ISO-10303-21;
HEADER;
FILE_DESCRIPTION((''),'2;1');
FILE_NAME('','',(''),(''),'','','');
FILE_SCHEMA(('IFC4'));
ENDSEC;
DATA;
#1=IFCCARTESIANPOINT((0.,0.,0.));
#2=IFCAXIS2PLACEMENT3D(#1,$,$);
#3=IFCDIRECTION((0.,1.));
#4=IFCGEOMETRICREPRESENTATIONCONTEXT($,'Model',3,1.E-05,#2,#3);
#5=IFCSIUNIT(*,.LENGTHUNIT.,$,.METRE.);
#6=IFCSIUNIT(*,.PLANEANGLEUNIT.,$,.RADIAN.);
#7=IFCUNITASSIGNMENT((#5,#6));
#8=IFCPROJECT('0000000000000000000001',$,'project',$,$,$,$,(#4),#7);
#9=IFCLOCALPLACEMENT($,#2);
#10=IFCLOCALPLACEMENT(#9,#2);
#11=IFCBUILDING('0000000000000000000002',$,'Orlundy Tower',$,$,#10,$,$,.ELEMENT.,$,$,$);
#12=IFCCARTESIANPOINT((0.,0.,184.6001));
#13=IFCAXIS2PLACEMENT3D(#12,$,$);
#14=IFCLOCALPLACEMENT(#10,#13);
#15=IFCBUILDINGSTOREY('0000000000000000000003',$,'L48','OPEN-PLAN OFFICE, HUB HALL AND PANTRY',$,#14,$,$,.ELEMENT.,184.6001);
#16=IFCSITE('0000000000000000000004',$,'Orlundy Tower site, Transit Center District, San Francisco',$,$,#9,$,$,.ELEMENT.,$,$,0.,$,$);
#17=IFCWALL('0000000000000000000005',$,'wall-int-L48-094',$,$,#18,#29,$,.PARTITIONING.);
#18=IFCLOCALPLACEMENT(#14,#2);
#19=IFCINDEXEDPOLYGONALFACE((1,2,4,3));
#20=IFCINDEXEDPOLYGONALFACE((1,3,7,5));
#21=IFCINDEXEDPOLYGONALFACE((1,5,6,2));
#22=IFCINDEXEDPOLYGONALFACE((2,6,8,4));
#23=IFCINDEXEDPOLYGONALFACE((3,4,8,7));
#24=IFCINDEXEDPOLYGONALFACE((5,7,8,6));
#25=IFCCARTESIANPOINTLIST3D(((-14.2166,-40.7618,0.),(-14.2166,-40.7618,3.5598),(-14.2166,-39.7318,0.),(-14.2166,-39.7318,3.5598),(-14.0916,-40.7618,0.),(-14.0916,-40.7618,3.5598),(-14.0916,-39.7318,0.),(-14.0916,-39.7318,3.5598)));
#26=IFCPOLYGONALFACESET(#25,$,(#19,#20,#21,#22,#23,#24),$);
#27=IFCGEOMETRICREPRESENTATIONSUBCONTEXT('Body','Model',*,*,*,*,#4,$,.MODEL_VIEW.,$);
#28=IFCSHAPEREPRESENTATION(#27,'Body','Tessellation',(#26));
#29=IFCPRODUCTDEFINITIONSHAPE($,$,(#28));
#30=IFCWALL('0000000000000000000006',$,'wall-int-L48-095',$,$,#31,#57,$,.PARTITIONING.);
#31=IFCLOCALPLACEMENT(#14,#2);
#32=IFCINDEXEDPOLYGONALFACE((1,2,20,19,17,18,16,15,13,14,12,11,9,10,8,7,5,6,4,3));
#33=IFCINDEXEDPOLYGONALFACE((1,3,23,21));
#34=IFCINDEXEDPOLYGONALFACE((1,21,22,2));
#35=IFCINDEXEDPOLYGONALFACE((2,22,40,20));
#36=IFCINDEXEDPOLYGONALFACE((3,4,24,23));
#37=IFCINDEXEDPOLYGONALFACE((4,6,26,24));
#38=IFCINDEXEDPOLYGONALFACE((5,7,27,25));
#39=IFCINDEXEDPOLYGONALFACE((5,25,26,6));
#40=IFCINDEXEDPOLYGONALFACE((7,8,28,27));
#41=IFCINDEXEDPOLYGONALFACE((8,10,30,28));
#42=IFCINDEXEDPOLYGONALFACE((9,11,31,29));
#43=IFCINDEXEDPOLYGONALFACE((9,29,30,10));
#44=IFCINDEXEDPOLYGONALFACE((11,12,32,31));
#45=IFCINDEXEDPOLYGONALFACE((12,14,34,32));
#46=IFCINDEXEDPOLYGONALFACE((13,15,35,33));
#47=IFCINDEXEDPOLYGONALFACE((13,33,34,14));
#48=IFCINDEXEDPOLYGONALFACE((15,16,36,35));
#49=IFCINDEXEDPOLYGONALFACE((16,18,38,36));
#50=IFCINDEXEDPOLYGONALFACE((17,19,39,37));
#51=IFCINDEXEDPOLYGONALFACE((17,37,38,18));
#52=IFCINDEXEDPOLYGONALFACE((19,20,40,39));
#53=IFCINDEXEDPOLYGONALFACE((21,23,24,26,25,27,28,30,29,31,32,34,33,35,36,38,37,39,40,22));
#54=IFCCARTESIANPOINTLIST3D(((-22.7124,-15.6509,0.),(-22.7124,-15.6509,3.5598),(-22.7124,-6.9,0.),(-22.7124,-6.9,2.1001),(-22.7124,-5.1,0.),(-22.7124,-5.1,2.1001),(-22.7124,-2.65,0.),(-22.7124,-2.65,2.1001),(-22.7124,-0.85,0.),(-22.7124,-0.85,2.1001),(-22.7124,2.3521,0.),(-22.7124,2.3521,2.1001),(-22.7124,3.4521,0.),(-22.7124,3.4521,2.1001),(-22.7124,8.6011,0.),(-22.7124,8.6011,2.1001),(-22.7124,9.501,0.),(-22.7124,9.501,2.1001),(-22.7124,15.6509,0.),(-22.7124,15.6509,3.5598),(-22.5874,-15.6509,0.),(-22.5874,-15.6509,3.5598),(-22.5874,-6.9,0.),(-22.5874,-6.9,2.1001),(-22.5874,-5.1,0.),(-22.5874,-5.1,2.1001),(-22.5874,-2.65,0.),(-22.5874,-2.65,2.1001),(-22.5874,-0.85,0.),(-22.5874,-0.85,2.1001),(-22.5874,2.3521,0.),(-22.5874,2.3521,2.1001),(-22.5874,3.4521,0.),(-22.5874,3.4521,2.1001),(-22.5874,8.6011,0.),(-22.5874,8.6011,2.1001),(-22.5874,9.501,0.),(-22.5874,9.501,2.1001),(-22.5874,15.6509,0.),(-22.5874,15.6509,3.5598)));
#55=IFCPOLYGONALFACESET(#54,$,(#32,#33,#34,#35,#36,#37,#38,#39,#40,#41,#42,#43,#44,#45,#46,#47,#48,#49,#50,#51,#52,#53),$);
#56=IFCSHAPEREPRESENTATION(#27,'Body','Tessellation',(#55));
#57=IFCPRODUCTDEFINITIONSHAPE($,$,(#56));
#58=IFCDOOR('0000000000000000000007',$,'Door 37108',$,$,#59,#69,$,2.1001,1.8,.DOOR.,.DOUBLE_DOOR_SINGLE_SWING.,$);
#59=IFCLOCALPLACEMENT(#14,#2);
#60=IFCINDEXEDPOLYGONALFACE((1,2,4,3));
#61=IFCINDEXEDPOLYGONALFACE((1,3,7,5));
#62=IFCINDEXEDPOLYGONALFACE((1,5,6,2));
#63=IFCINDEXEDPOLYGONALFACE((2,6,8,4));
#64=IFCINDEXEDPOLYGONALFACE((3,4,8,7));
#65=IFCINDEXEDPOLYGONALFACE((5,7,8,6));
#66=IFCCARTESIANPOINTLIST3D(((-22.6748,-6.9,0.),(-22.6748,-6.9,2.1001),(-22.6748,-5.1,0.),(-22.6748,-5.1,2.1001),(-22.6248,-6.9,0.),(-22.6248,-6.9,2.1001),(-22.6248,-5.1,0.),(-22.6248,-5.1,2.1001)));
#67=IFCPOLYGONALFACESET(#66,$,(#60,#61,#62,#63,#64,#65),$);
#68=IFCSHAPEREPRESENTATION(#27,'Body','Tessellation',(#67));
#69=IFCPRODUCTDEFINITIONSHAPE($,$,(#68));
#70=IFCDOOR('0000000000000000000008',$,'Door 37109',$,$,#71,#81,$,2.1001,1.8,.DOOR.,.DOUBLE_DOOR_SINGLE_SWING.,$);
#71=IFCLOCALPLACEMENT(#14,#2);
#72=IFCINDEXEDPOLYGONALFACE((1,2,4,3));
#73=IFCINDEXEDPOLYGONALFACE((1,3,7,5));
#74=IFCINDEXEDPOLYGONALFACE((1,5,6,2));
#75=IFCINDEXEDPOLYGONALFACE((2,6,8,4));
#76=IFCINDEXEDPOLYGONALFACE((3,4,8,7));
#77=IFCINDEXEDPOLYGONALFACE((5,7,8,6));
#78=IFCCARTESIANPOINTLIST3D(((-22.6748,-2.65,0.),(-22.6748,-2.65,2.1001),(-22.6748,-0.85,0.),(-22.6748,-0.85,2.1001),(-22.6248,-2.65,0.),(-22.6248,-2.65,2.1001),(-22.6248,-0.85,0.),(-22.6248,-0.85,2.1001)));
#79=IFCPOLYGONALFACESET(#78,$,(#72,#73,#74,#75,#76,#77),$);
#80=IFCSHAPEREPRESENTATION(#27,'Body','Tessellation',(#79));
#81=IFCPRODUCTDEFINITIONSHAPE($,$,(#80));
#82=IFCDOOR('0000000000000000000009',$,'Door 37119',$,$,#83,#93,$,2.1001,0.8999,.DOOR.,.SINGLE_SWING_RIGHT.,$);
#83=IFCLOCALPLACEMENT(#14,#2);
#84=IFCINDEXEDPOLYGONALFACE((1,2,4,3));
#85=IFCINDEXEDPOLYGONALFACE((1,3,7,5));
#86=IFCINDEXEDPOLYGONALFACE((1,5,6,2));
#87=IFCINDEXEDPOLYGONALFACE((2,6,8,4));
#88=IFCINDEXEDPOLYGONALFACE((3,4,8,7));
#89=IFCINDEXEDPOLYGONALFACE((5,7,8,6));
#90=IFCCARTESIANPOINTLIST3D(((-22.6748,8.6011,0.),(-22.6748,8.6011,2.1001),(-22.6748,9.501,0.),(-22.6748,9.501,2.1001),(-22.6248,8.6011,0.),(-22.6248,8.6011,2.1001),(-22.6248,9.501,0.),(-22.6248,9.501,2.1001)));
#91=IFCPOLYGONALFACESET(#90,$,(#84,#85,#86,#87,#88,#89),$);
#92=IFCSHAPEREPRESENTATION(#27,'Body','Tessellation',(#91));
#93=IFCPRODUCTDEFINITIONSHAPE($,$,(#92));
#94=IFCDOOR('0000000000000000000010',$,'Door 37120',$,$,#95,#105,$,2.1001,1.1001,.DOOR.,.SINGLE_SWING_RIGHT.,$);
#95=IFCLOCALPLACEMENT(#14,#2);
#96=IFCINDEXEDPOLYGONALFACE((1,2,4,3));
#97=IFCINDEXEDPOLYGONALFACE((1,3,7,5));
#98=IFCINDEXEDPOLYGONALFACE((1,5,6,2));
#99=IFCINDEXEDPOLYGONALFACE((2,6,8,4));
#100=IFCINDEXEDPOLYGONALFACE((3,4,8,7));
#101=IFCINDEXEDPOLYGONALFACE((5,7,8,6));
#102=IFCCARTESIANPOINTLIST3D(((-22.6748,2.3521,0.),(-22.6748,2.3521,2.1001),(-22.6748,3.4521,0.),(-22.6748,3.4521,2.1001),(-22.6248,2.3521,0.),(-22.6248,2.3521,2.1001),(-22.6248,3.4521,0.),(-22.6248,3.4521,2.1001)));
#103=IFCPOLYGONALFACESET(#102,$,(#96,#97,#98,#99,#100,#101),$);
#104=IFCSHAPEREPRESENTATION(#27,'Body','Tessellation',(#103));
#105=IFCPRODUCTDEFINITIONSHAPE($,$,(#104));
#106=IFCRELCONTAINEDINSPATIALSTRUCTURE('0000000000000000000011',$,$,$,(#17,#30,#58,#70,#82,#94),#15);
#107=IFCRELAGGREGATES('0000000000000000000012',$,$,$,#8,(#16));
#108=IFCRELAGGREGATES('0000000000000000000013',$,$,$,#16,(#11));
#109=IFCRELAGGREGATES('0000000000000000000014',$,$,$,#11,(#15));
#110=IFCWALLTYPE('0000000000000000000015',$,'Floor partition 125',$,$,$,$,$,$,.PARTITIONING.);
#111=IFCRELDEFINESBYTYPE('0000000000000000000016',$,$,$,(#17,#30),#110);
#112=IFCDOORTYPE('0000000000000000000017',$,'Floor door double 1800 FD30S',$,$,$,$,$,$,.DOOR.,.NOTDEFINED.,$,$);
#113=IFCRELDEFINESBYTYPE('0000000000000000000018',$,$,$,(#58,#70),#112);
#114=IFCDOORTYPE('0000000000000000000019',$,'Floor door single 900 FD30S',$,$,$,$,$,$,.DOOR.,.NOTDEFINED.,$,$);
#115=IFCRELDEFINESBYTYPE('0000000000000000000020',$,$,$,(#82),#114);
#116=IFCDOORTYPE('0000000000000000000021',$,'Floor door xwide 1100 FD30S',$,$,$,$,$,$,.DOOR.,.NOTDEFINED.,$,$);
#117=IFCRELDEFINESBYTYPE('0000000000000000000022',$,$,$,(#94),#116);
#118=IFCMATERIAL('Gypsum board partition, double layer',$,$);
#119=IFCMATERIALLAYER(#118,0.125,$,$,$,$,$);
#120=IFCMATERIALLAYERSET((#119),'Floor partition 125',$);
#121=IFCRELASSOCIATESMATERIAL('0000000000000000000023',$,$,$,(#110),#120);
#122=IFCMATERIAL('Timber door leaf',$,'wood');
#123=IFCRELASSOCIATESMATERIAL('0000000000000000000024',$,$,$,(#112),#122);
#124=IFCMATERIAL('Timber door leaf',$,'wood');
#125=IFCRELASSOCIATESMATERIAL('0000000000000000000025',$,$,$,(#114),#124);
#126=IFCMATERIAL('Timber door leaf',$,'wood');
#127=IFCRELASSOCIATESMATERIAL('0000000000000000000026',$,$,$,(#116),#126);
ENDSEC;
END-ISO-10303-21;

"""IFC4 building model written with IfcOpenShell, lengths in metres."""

from ifc_helpers import new_model, si_unit, direction, frame, frame_2d, origin, place, context, subcontext, project, spatial, rectangle, extrude, material, layer, layer_set, type_object, element, fill, save


model = new_model("IFC4")

# Units and contexts
model_context = context("Model", 3, precision=1e-05, world=origin(), true_north=direction((0.0, 1.0)))
body_context = subcontext(model_context, "Body", "Model", "MODEL_VIEW")
ifc_project = project(units=[si_unit("LENGTHUNIT", "METRE"), si_unit("PLANEANGLEUNIT", "RADIAN")], contexts=[model_context])

# Site, building, storey
site_placement = place(None, origin())
site = spatial("IfcSite", under=ifc_project, at=site_placement, Name="Orlundy Tower site, Transit Center District, San Francisco", CompositionType="ELEMENT", RefElevation=0.0)
building_placement = place(site_placement, origin())
building = spatial("IfcBuilding", under=site, at=building_placement, Name="Orlundy Tower", CompositionType="ELEMENT")
storey_placement = place(building_placement, frame((0.0, 0.0, 184.6001)))
storey = spatial("IfcBuildingStorey", under=building, at=storey_placement, Name="L48", Description="OPEN-PLAN OFFICE, HUB HALL AND PANTRY", CompositionType="ELEMENT", Elevation=184.6001)

# Shared definitions
ifc_material_1 = material(Name="Gypsum board partition, double layer")
ifc_layer_1 = layer(ifc_material_1, 0.125)
ifc_layer_set_1 = layer_set([ifc_layer_1], Name="Floor partition 125")
wall_type_1 = type_object("IfcWallType", Name="Floor partition 125", PredefinedType="PARTITIONING", material=ifc_layer_set_1)

# Shared definitions
ifc_material_2 = material(Name="Timber door leaf", Category="wood")
door_type_1 = type_object("IfcDoorType", Name="Floor door double 1800 FD30S", OperationType="NOTDEFINED", PredefinedType="DOOR", material=ifc_material_2)

# Wall
wall_1_placement = place(storey_placement, frame((-14.1541, -40.762, 0.0), z_axis=(0.0, 0.0, 1.0), x_axis=(0.0, 1.0, 0.0)))
element("IfcWall", 1, at=wall_1_placement, inside=storey, type_object=wall_type_1, Name="wall-int-L48-094", PredefinedType="PARTITIONING", context=body_context, shape_type="SweptSolid", body=[
    extrude(rectangle(XDim=1.03, YDim=0.125, at=frame_2d((0.5151, 0.0))), origin(), (0.0, 0.0, 1.0), 3.5598),
])

# Wall, openings, doors
wall_2_placement = place(storey_placement, frame((-22.6499, -15.6509, 0.0), z_axis=(0.0, 0.0, 1.0), x_axis=(0.0, 1.0, 0.0)))
wall_2 = element("IfcWall", 2, at=wall_2_placement, inside=storey, type_object=wall_type_1, Name="wall-int-L48-095", PredefinedType="PARTITIONING", context=body_context, shape_type="SweptSolid", body=[
    extrude(rectangle(XDim=31.3018, YDim=0.125, at=frame_2d((15.6509, 0.0))), origin(), (0.0, 0.0, 1.0), 3.5598),
])
opening_1_placement = place(wall_2_placement, frame((8.751, 0.0, 0.0)))
opening_1 = element("IfcOpeningElement", 3, at=opening_1_placement, cuts=wall_2, PredefinedType="OPENING", context=body_context, shape_type="SweptSolid", body=[
    extrude(rectangle(XDim=1.8, YDim=2.1001, at=frame_2d((0.8999, 1.05))), frame((0.0, 0.0725, 0.0), z_axis=(0.0, -1.0, 0.0), x_axis=(1.0, 0.0, 0.0)), (0.0, 0.0, 1.0), 0.145),
])
opening_2_placement = place(wall_2_placement, frame((13.001, 0.0, 0.0)))
opening_2 = element("IfcOpeningElement", 4, at=opening_2_placement, cuts=wall_2, PredefinedType="OPENING", context=body_context, shape_type="SweptSolid", body=[
    extrude(rectangle(XDim=1.8, YDim=2.1001, at=frame_2d((0.8999, 1.05))), frame((0.0, 0.0725, 0.0), z_axis=(0.0, -1.0, 0.0), x_axis=(1.0, 0.0, 0.0)), (0.0, 0.0, 1.0), 0.145),
])
opening_3_placement = place(wall_2_placement, frame((24.252, 0.0, 0.0)))
opening_3 = element("IfcOpeningElement", 5, at=opening_3_placement, cuts=wall_2, PredefinedType="OPENING", context=body_context, shape_type="SweptSolid", body=[
    extrude(rectangle(XDim=0.8999, YDim=2.1001, at=frame_2d((0.45, 1.05))), frame((0.0, 0.0725, 0.0), z_axis=(0.0, -1.0, 0.0), x_axis=(1.0, 0.0, 0.0)), (0.0, 0.0, 1.0), 0.145),
])
opening_4_placement = place(wall_2_placement, frame((18.0029, 0.0, 0.0)))
opening_4 = element("IfcOpeningElement", 6, at=opening_4_placement, cuts=wall_2, PredefinedType="OPENING", context=body_context, shape_type="SweptSolid", body=[
    extrude(rectangle(XDim=1.1001, YDim=2.1001, at=frame_2d((0.55, 1.05))), frame((0.0, 0.0725, 0.0), z_axis=(0.0, -1.0, 0.0), x_axis=(1.0, 0.0, 0.0)), (0.0, 0.0, 1.0), 0.145),
])
door_1_placement = place(opening_1_placement, origin())
door_1 = element("IfcDoor", 7, at=door_1_placement, inside=storey, type_object=door_type_1, Name="Door 37108", OperationType="DOUBLE_DOOR_SINGLE_SWING", OverallHeight=2.1001, OverallWidth=1.8, PredefinedType="DOOR", context=body_context, shape_type="SweptSolid", body=[
    extrude(rectangle(XDim=1.8, YDim=2.1001, at=frame_2d((0.8999, 1.05))), frame((0.0, 0.0249, 0.0), z_axis=(0.0, -1.0, 0.0), x_axis=(1.0, 0.0, 0.0)), (0.0, 0.0, 1.0), 0.05),
])
fill(opening_1, door_1)
door_2_placement = place(opening_2_placement, origin())
door_2 = element("IfcDoor", 8, at=door_2_placement, inside=storey, type_object=door_type_1, Name="Door 37109", OperationType="DOUBLE_DOOR_SINGLE_SWING", OverallHeight=2.1001, OverallWidth=1.8, PredefinedType="DOOR", context=body_context, shape_type="SweptSolid", body=[
    extrude(rectangle(XDim=1.8, YDim=2.1001, at=frame_2d((0.8999, 1.05))), frame((0.0, 0.0249, 0.0), z_axis=(0.0, -1.0, 0.0), x_axis=(1.0, 0.0, 0.0)), (0.0, 0.0, 1.0), 0.05),
])
fill(opening_2, door_2)
ifc_material_3 = material(Name="Timber door leaf", Category="wood")
door_type_2 = type_object("IfcDoorType", Name="Floor door single 900 FD30S", OperationType="NOTDEFINED", PredefinedType="DOOR", material=ifc_material_3)
door_3_placement = place(opening_3_placement, origin())
door_3 = element("IfcDoor", 9, at=door_3_placement, inside=storey, type_object=door_type_2, Name="Door 37119", OperationType="SINGLE_SWING_RIGHT", OverallHeight=2.1001, OverallWidth=0.8999, PredefinedType="DOOR", context=body_context, shape_type="SweptSolid", body=[
    extrude(rectangle(XDim=0.8999, YDim=2.1001, at=frame_2d((0.45, 1.05))), frame((0.0, 0.0249, 0.0), z_axis=(0.0, -1.0, 0.0), x_axis=(1.0, 0.0, 0.0)), (0.0, 0.0, 1.0), 0.05),
])
fill(opening_3, door_3)
ifc_material_4 = material(Name="Timber door leaf", Category="wood")
door_type_3 = type_object("IfcDoorType", Name="Floor door xwide 1100 FD30S", OperationType="NOTDEFINED", PredefinedType="DOOR", material=ifc_material_4)
door_4_placement = place(opening_4_placement, origin())
door_4 = element("IfcDoor", 10, at=door_4_placement, inside=storey, type_object=door_type_3, Name="Door 37120", OperationType="SINGLE_SWING_RIGHT", OverallHeight=2.1001, OverallWidth=1.1001, PredefinedType="DOOR", context=body_context, shape_type="SweptSolid", body=[
    extrude(rectangle(XDim=1.1001, YDim=2.1001, at=frame_2d((0.55, 1.05))), frame((0.0, 0.0249, 0.0), z_axis=(0.0, -1.0, 0.0), x_axis=(1.0, 0.0, 0.0)), (0.0, 0.0, 1.0), 0.05),
])
fill(opening_4, door_4)

save(model, "model.ifc")
